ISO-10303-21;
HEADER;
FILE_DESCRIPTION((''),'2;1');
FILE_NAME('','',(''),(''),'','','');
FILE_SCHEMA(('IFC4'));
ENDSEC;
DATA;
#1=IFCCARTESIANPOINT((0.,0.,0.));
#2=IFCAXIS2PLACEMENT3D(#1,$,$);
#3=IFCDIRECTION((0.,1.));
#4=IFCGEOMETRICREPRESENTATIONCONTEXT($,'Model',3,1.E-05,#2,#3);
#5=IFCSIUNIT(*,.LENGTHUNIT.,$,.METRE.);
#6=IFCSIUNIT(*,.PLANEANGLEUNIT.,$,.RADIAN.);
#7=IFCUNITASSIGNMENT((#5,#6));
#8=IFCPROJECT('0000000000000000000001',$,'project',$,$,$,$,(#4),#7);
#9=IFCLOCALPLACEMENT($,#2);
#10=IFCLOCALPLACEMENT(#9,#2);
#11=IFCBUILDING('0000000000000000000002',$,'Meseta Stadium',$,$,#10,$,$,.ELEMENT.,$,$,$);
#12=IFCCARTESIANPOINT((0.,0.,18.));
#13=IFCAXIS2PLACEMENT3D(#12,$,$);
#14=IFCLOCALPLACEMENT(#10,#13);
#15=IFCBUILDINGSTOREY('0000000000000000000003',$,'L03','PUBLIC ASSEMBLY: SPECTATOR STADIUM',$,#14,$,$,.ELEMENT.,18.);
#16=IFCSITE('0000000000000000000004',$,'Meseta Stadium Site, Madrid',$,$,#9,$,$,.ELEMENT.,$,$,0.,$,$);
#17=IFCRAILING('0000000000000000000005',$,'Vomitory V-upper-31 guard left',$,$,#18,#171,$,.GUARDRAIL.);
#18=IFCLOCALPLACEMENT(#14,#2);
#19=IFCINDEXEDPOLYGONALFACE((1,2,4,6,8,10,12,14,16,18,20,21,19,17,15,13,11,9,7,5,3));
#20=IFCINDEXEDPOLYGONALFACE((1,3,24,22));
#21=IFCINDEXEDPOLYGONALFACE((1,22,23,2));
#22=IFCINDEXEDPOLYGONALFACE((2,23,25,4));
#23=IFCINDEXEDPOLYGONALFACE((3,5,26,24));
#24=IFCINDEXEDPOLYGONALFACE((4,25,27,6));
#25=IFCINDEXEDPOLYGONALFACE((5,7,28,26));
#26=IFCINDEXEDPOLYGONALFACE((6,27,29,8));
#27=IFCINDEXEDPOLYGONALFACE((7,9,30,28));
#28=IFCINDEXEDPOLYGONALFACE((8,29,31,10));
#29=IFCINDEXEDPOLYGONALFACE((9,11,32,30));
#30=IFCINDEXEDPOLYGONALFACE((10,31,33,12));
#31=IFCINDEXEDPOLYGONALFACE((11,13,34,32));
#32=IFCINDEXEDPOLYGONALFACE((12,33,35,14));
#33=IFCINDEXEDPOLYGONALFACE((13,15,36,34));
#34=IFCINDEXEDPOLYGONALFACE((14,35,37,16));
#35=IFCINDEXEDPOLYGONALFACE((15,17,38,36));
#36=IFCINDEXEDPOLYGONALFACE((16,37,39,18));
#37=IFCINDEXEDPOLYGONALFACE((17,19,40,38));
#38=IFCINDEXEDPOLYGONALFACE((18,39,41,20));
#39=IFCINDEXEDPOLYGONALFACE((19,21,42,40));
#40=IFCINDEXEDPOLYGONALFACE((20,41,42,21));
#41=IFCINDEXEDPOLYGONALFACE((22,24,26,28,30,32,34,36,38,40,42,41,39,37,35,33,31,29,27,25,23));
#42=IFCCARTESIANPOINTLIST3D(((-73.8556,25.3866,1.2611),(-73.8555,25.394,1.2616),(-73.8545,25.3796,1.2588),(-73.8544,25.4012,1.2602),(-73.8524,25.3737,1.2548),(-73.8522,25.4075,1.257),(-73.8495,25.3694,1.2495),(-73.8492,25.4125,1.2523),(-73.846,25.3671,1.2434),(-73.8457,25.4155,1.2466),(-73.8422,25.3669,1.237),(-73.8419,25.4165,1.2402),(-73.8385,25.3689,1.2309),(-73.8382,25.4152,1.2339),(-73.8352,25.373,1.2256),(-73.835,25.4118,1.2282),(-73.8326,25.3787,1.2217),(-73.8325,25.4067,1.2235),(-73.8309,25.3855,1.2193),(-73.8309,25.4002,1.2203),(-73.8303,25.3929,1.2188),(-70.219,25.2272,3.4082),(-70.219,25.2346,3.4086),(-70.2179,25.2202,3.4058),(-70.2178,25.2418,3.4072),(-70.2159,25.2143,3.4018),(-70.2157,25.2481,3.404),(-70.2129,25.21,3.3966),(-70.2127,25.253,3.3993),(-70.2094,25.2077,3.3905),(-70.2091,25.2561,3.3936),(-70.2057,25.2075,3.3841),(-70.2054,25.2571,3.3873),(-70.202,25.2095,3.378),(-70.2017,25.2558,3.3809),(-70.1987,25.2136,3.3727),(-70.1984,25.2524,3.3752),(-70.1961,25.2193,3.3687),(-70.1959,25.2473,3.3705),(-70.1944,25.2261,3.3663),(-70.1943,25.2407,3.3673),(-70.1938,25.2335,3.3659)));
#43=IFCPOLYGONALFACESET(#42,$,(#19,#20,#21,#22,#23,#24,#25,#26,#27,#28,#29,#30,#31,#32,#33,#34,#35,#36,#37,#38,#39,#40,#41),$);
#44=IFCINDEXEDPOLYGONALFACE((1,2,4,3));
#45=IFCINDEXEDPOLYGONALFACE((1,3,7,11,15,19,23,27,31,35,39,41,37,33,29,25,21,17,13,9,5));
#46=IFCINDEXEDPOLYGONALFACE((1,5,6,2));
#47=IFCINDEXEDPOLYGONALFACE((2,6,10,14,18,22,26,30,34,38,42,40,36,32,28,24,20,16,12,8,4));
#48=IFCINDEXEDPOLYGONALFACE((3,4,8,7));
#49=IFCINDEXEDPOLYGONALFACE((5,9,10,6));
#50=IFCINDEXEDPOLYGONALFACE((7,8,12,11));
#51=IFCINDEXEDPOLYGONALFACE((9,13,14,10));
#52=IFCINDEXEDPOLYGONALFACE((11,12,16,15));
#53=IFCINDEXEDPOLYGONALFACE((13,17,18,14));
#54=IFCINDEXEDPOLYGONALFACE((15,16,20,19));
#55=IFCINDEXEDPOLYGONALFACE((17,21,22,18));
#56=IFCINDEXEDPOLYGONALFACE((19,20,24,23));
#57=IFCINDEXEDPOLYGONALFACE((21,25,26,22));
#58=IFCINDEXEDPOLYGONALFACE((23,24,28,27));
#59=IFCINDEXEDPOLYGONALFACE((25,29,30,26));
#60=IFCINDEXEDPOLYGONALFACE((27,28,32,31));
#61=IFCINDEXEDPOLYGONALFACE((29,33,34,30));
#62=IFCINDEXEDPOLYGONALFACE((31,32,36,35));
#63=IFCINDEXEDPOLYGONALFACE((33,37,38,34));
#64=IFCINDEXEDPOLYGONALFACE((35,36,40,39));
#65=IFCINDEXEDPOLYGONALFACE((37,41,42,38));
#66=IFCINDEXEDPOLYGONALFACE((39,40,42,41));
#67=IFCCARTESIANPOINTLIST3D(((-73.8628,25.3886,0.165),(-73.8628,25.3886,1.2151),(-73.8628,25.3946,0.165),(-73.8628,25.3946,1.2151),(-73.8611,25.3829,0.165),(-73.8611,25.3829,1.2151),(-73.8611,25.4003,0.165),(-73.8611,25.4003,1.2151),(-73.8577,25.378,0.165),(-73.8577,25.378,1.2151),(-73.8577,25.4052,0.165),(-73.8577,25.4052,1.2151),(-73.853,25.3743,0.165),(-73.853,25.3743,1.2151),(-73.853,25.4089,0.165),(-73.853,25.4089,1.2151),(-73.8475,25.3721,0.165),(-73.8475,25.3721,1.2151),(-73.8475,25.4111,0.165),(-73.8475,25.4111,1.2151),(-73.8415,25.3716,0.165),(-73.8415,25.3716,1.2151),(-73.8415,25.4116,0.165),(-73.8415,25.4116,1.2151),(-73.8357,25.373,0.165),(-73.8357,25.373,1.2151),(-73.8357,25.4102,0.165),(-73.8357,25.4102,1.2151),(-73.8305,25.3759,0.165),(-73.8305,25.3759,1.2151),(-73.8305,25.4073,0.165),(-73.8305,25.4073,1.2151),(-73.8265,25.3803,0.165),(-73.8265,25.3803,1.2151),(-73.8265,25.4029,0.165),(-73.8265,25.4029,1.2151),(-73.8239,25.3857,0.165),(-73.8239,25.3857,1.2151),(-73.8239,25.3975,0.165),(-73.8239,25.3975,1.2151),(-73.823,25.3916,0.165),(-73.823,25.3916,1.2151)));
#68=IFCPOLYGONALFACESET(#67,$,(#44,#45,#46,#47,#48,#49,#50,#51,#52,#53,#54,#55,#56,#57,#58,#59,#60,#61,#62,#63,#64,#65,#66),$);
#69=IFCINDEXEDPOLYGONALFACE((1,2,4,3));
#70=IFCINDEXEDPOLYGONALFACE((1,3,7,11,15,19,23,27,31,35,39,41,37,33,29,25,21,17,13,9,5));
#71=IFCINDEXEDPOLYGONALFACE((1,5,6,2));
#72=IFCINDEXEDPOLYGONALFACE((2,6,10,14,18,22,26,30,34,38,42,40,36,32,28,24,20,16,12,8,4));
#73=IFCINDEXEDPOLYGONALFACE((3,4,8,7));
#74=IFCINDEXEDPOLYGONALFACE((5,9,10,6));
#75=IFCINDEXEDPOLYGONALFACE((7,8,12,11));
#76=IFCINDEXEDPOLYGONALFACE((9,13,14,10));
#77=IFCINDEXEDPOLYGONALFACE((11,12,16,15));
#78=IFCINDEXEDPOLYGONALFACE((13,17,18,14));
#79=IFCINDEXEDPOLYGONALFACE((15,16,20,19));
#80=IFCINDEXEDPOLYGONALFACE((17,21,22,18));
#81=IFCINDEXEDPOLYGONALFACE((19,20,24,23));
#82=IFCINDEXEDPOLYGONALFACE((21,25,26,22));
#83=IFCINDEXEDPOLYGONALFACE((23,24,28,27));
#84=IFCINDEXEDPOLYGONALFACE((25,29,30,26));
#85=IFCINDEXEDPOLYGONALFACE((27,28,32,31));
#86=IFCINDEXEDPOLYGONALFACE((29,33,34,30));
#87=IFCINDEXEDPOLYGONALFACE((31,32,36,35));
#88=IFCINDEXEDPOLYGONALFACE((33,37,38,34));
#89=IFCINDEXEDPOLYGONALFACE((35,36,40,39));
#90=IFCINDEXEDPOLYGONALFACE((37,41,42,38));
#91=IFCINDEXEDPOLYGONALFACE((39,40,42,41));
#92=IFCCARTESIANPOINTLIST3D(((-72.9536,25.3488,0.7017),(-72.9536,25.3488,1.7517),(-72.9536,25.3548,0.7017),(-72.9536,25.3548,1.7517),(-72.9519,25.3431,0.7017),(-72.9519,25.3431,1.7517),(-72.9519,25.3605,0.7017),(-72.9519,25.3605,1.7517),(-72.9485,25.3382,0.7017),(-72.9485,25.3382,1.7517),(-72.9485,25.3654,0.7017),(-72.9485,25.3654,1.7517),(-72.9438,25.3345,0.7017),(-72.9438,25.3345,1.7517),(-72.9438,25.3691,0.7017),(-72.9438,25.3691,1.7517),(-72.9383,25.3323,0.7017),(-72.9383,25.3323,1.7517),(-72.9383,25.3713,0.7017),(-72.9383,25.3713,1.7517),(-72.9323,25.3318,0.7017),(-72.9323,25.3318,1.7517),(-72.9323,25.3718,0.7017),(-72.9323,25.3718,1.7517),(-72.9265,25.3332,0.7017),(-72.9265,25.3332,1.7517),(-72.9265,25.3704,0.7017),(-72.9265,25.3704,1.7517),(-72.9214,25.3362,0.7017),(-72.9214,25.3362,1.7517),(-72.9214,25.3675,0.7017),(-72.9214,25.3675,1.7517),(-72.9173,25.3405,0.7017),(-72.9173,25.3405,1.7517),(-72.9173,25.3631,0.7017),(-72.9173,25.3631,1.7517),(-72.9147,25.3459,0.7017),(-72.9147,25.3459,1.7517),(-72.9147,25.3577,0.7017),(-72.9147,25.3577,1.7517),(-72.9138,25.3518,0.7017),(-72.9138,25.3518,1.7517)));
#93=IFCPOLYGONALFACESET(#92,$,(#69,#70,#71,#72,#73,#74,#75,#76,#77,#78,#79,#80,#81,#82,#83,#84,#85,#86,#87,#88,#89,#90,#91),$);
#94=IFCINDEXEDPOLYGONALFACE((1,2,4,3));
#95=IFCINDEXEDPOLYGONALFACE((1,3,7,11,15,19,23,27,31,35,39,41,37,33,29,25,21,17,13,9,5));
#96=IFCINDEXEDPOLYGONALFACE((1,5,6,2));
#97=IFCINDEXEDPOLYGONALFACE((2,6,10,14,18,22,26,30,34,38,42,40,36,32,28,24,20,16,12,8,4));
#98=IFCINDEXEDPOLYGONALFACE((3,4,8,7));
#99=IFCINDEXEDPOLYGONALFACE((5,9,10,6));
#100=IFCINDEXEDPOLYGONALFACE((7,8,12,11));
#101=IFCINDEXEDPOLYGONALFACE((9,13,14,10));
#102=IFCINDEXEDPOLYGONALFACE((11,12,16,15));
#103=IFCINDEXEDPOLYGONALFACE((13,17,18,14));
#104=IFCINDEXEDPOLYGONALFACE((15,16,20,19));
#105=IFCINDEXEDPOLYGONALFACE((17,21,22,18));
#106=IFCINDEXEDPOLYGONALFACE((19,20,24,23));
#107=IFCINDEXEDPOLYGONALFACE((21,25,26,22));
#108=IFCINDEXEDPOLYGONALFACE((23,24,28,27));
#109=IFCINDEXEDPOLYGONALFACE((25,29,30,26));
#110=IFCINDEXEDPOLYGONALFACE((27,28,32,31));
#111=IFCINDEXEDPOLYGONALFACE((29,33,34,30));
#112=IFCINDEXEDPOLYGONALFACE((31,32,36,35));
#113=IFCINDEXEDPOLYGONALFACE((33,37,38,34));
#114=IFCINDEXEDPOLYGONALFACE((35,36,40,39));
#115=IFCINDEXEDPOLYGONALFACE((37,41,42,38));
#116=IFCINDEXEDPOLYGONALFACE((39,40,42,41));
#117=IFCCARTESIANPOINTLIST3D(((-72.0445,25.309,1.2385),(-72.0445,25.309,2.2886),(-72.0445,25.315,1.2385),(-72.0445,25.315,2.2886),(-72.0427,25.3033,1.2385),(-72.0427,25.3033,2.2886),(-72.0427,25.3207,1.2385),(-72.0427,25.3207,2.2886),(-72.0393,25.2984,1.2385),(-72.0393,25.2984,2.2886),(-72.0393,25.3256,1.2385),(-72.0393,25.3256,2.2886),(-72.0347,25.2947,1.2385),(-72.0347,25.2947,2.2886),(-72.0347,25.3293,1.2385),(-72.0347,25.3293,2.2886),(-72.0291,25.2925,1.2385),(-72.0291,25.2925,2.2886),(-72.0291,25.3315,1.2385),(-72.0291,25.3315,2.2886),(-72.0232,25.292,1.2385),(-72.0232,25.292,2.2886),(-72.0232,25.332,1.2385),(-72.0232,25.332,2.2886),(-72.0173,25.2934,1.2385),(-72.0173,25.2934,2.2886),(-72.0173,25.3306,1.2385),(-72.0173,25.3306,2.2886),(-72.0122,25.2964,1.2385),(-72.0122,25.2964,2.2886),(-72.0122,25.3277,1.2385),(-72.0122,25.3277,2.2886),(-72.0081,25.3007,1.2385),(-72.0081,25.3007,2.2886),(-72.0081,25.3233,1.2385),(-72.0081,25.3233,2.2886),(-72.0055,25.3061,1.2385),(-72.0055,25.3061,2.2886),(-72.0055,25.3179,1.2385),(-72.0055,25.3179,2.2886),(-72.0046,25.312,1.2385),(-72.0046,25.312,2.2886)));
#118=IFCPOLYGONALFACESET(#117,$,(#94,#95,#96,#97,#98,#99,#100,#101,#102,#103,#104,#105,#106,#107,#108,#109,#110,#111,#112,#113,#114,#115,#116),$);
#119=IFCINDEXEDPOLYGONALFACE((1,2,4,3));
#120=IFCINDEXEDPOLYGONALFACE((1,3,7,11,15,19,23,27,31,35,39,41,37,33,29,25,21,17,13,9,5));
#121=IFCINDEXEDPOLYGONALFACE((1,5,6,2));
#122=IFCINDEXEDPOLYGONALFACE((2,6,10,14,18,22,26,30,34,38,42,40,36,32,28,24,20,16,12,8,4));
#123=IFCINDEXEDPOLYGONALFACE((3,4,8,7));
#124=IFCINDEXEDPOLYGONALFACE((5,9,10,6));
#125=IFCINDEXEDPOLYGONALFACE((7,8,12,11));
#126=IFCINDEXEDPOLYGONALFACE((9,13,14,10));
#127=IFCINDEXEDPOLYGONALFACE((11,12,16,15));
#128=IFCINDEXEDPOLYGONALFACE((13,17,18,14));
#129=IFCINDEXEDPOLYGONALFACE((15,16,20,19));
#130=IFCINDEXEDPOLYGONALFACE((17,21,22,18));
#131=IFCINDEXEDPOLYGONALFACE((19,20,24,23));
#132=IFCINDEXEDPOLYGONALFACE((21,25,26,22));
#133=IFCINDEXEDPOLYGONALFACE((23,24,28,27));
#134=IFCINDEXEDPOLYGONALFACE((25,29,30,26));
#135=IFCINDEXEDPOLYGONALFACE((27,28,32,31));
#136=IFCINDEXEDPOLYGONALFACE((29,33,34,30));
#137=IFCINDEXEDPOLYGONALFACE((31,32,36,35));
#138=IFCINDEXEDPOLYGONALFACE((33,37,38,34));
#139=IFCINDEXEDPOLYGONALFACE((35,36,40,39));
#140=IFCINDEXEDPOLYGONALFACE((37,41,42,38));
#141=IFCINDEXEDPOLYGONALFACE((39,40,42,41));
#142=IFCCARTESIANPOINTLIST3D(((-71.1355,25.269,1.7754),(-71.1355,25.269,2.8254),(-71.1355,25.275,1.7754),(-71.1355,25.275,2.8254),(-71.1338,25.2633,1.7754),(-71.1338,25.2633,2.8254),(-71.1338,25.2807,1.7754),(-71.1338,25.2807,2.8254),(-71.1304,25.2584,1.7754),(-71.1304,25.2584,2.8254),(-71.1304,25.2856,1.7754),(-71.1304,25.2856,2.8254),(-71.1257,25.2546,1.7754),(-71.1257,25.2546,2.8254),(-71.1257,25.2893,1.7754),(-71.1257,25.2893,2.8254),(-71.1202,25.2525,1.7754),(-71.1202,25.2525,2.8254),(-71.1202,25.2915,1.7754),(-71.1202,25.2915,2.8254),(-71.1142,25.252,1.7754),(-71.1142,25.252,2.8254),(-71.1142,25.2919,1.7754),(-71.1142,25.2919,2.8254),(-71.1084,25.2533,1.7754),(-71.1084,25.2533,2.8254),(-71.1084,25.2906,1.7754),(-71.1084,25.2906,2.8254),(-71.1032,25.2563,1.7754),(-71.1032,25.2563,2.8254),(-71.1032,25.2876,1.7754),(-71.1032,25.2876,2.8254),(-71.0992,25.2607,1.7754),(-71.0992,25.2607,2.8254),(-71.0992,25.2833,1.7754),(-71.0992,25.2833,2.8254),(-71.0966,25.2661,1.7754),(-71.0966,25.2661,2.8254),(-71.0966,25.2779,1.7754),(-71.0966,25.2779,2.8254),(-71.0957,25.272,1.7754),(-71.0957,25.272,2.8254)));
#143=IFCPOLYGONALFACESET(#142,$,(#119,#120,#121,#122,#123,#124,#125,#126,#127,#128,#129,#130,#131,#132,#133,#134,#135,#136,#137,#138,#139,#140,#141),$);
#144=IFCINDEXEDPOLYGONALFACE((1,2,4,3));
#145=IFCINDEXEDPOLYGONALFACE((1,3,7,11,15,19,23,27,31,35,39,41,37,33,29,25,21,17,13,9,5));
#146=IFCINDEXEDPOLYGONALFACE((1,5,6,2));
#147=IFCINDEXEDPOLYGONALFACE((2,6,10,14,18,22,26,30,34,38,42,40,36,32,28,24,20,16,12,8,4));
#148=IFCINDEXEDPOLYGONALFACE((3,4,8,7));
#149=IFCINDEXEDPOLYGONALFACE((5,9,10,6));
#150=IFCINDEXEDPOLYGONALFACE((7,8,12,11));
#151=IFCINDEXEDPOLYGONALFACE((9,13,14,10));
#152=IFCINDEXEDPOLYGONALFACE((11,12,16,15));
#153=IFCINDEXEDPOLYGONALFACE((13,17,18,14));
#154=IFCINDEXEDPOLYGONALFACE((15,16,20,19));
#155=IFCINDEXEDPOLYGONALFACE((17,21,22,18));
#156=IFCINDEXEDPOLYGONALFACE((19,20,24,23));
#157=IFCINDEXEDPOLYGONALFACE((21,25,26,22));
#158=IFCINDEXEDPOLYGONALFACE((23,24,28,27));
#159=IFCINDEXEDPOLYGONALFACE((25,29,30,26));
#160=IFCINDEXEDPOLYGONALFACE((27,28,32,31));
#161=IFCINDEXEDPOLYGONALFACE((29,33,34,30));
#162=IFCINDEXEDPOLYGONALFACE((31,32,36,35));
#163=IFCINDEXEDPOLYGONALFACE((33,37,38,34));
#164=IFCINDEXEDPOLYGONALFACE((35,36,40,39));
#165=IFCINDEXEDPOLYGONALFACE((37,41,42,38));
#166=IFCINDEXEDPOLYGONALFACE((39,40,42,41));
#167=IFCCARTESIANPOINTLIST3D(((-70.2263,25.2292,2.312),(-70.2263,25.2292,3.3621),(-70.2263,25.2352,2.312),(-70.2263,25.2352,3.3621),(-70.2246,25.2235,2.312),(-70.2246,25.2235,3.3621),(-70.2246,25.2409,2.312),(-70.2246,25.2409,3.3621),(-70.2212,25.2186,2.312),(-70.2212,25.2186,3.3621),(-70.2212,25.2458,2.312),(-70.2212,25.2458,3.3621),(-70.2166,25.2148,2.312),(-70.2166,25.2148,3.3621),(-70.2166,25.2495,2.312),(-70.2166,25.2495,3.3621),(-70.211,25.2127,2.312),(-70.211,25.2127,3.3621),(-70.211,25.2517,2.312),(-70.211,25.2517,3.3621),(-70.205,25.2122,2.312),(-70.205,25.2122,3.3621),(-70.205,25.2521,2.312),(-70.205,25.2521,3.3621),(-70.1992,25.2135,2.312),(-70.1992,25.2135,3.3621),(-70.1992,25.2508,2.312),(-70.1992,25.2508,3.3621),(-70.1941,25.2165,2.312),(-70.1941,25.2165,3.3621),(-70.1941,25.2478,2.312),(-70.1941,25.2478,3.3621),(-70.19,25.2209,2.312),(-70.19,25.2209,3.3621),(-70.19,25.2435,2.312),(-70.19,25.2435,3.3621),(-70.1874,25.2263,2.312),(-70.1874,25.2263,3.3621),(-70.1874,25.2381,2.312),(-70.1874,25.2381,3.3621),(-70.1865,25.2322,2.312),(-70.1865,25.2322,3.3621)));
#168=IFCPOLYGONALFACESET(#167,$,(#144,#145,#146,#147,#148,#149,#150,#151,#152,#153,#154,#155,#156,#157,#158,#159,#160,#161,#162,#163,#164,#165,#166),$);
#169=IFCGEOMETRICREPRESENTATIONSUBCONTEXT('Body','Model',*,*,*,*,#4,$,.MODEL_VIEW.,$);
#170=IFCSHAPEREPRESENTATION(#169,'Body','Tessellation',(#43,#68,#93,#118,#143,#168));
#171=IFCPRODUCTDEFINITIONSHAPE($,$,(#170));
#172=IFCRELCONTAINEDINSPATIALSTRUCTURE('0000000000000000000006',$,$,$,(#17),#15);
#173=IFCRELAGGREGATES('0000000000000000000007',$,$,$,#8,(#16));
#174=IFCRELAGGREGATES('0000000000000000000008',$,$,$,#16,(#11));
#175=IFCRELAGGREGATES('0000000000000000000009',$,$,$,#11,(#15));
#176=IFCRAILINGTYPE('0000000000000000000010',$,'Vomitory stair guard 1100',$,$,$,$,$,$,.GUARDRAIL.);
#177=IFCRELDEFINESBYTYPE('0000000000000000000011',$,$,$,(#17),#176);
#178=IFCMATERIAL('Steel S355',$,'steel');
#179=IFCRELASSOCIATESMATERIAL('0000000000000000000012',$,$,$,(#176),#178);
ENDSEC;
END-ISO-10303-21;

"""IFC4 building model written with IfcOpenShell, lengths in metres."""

from ifc_helpers import new_model, si_unit, direction, frame, origin, origin_2d, place, context, subcontext, project, spatial, circle, extrude, material, type_object, element, save


model = new_model("IFC4")

# Units and contexts
model_context = context("Model", 3, precision=1e-05, world=origin(), true_north=direction((0.0, 1.0)))
body_context = subcontext(model_context, "Body", "Model", "MODEL_VIEW")
ifc_project = project(units=[si_unit("LENGTHUNIT", "METRE"), si_unit("PLANEANGLEUNIT", "RADIAN")], contexts=[model_context])

# Site, building, storey
site_placement = place(None, origin())
site = spatial("IfcSite", under=ifc_project, at=site_placement, Name="Meseta Stadium Site, Madrid", CompositionType="ELEMENT", RefElevation=0.0)
building_placement = place(site_placement, origin())
building = spatial("IfcBuilding", under=site, at=building_placement, Name="Meseta Stadium", CompositionType="ELEMENT")
storey_placement = place(building_placement, frame((0.0, 0.0, 18.0)))
storey = spatial("IfcBuildingStorey", under=building, at=storey_placement, Name="L03", Description="PUBLIC ASSEMBLY: SPECTATOR STADIUM", CompositionType="ELEMENT", Elevation=18.0)

# Railing
ifc_material_1 = material(Name="Steel S355", Category="steel")
railing_type_1 = type_object("IfcRailingType", Name="Vomitory stair guard 1100", PredefinedType="GUARDRAIL", material=ifc_material_1)
railing_1_placement = place(storey_placement, frame((-73.843, 25.3916, 0.165)))
element("IfcRailing", 1, at=railing_1_placement, inside=storey, type_object=railing_type_1, Name="Vomitory V-upper-31 guard left", PredefinedType="GUARDRAIL", context=body_context, shape_type="SweptSolid", body=[
    extrude(circle(Radius=0.0249, at=origin_2d()), frame((0.0, 0.0, 1.0752), z_axis=(0.860506, -0.037725, 0.508042), x_axis=(0.043798, 0.99904, 0.0)), (0.0, 0.0, 1.0), 4.2261),
    extrude(circle(Radius=0.02, at=origin_2d()), origin(), (0.0, 0.0, 1.0), 1.05),
    extrude(circle(Radius=0.02, at=origin_2d()), frame((0.9092, -0.0398, 0.5366)), (0.0, 0.0, 1.0), 1.05),
    extrude(circle(Radius=0.02, at=origin_2d()), frame((1.8184, -0.0796, 1.0735)), (0.0, 0.0, 1.0), 1.05),
    extrude(circle(Radius=0.02, at=origin_2d()), frame((2.7273, -0.1196, 1.6104)), (0.0, 0.0, 1.0), 1.05),
    extrude(circle(Radius=0.02, at=origin_2d()), frame((3.6365, -0.1594, 2.147)), (0.0, 0.0, 1.0), 1.05),
])

save(model, "model.ifc")
